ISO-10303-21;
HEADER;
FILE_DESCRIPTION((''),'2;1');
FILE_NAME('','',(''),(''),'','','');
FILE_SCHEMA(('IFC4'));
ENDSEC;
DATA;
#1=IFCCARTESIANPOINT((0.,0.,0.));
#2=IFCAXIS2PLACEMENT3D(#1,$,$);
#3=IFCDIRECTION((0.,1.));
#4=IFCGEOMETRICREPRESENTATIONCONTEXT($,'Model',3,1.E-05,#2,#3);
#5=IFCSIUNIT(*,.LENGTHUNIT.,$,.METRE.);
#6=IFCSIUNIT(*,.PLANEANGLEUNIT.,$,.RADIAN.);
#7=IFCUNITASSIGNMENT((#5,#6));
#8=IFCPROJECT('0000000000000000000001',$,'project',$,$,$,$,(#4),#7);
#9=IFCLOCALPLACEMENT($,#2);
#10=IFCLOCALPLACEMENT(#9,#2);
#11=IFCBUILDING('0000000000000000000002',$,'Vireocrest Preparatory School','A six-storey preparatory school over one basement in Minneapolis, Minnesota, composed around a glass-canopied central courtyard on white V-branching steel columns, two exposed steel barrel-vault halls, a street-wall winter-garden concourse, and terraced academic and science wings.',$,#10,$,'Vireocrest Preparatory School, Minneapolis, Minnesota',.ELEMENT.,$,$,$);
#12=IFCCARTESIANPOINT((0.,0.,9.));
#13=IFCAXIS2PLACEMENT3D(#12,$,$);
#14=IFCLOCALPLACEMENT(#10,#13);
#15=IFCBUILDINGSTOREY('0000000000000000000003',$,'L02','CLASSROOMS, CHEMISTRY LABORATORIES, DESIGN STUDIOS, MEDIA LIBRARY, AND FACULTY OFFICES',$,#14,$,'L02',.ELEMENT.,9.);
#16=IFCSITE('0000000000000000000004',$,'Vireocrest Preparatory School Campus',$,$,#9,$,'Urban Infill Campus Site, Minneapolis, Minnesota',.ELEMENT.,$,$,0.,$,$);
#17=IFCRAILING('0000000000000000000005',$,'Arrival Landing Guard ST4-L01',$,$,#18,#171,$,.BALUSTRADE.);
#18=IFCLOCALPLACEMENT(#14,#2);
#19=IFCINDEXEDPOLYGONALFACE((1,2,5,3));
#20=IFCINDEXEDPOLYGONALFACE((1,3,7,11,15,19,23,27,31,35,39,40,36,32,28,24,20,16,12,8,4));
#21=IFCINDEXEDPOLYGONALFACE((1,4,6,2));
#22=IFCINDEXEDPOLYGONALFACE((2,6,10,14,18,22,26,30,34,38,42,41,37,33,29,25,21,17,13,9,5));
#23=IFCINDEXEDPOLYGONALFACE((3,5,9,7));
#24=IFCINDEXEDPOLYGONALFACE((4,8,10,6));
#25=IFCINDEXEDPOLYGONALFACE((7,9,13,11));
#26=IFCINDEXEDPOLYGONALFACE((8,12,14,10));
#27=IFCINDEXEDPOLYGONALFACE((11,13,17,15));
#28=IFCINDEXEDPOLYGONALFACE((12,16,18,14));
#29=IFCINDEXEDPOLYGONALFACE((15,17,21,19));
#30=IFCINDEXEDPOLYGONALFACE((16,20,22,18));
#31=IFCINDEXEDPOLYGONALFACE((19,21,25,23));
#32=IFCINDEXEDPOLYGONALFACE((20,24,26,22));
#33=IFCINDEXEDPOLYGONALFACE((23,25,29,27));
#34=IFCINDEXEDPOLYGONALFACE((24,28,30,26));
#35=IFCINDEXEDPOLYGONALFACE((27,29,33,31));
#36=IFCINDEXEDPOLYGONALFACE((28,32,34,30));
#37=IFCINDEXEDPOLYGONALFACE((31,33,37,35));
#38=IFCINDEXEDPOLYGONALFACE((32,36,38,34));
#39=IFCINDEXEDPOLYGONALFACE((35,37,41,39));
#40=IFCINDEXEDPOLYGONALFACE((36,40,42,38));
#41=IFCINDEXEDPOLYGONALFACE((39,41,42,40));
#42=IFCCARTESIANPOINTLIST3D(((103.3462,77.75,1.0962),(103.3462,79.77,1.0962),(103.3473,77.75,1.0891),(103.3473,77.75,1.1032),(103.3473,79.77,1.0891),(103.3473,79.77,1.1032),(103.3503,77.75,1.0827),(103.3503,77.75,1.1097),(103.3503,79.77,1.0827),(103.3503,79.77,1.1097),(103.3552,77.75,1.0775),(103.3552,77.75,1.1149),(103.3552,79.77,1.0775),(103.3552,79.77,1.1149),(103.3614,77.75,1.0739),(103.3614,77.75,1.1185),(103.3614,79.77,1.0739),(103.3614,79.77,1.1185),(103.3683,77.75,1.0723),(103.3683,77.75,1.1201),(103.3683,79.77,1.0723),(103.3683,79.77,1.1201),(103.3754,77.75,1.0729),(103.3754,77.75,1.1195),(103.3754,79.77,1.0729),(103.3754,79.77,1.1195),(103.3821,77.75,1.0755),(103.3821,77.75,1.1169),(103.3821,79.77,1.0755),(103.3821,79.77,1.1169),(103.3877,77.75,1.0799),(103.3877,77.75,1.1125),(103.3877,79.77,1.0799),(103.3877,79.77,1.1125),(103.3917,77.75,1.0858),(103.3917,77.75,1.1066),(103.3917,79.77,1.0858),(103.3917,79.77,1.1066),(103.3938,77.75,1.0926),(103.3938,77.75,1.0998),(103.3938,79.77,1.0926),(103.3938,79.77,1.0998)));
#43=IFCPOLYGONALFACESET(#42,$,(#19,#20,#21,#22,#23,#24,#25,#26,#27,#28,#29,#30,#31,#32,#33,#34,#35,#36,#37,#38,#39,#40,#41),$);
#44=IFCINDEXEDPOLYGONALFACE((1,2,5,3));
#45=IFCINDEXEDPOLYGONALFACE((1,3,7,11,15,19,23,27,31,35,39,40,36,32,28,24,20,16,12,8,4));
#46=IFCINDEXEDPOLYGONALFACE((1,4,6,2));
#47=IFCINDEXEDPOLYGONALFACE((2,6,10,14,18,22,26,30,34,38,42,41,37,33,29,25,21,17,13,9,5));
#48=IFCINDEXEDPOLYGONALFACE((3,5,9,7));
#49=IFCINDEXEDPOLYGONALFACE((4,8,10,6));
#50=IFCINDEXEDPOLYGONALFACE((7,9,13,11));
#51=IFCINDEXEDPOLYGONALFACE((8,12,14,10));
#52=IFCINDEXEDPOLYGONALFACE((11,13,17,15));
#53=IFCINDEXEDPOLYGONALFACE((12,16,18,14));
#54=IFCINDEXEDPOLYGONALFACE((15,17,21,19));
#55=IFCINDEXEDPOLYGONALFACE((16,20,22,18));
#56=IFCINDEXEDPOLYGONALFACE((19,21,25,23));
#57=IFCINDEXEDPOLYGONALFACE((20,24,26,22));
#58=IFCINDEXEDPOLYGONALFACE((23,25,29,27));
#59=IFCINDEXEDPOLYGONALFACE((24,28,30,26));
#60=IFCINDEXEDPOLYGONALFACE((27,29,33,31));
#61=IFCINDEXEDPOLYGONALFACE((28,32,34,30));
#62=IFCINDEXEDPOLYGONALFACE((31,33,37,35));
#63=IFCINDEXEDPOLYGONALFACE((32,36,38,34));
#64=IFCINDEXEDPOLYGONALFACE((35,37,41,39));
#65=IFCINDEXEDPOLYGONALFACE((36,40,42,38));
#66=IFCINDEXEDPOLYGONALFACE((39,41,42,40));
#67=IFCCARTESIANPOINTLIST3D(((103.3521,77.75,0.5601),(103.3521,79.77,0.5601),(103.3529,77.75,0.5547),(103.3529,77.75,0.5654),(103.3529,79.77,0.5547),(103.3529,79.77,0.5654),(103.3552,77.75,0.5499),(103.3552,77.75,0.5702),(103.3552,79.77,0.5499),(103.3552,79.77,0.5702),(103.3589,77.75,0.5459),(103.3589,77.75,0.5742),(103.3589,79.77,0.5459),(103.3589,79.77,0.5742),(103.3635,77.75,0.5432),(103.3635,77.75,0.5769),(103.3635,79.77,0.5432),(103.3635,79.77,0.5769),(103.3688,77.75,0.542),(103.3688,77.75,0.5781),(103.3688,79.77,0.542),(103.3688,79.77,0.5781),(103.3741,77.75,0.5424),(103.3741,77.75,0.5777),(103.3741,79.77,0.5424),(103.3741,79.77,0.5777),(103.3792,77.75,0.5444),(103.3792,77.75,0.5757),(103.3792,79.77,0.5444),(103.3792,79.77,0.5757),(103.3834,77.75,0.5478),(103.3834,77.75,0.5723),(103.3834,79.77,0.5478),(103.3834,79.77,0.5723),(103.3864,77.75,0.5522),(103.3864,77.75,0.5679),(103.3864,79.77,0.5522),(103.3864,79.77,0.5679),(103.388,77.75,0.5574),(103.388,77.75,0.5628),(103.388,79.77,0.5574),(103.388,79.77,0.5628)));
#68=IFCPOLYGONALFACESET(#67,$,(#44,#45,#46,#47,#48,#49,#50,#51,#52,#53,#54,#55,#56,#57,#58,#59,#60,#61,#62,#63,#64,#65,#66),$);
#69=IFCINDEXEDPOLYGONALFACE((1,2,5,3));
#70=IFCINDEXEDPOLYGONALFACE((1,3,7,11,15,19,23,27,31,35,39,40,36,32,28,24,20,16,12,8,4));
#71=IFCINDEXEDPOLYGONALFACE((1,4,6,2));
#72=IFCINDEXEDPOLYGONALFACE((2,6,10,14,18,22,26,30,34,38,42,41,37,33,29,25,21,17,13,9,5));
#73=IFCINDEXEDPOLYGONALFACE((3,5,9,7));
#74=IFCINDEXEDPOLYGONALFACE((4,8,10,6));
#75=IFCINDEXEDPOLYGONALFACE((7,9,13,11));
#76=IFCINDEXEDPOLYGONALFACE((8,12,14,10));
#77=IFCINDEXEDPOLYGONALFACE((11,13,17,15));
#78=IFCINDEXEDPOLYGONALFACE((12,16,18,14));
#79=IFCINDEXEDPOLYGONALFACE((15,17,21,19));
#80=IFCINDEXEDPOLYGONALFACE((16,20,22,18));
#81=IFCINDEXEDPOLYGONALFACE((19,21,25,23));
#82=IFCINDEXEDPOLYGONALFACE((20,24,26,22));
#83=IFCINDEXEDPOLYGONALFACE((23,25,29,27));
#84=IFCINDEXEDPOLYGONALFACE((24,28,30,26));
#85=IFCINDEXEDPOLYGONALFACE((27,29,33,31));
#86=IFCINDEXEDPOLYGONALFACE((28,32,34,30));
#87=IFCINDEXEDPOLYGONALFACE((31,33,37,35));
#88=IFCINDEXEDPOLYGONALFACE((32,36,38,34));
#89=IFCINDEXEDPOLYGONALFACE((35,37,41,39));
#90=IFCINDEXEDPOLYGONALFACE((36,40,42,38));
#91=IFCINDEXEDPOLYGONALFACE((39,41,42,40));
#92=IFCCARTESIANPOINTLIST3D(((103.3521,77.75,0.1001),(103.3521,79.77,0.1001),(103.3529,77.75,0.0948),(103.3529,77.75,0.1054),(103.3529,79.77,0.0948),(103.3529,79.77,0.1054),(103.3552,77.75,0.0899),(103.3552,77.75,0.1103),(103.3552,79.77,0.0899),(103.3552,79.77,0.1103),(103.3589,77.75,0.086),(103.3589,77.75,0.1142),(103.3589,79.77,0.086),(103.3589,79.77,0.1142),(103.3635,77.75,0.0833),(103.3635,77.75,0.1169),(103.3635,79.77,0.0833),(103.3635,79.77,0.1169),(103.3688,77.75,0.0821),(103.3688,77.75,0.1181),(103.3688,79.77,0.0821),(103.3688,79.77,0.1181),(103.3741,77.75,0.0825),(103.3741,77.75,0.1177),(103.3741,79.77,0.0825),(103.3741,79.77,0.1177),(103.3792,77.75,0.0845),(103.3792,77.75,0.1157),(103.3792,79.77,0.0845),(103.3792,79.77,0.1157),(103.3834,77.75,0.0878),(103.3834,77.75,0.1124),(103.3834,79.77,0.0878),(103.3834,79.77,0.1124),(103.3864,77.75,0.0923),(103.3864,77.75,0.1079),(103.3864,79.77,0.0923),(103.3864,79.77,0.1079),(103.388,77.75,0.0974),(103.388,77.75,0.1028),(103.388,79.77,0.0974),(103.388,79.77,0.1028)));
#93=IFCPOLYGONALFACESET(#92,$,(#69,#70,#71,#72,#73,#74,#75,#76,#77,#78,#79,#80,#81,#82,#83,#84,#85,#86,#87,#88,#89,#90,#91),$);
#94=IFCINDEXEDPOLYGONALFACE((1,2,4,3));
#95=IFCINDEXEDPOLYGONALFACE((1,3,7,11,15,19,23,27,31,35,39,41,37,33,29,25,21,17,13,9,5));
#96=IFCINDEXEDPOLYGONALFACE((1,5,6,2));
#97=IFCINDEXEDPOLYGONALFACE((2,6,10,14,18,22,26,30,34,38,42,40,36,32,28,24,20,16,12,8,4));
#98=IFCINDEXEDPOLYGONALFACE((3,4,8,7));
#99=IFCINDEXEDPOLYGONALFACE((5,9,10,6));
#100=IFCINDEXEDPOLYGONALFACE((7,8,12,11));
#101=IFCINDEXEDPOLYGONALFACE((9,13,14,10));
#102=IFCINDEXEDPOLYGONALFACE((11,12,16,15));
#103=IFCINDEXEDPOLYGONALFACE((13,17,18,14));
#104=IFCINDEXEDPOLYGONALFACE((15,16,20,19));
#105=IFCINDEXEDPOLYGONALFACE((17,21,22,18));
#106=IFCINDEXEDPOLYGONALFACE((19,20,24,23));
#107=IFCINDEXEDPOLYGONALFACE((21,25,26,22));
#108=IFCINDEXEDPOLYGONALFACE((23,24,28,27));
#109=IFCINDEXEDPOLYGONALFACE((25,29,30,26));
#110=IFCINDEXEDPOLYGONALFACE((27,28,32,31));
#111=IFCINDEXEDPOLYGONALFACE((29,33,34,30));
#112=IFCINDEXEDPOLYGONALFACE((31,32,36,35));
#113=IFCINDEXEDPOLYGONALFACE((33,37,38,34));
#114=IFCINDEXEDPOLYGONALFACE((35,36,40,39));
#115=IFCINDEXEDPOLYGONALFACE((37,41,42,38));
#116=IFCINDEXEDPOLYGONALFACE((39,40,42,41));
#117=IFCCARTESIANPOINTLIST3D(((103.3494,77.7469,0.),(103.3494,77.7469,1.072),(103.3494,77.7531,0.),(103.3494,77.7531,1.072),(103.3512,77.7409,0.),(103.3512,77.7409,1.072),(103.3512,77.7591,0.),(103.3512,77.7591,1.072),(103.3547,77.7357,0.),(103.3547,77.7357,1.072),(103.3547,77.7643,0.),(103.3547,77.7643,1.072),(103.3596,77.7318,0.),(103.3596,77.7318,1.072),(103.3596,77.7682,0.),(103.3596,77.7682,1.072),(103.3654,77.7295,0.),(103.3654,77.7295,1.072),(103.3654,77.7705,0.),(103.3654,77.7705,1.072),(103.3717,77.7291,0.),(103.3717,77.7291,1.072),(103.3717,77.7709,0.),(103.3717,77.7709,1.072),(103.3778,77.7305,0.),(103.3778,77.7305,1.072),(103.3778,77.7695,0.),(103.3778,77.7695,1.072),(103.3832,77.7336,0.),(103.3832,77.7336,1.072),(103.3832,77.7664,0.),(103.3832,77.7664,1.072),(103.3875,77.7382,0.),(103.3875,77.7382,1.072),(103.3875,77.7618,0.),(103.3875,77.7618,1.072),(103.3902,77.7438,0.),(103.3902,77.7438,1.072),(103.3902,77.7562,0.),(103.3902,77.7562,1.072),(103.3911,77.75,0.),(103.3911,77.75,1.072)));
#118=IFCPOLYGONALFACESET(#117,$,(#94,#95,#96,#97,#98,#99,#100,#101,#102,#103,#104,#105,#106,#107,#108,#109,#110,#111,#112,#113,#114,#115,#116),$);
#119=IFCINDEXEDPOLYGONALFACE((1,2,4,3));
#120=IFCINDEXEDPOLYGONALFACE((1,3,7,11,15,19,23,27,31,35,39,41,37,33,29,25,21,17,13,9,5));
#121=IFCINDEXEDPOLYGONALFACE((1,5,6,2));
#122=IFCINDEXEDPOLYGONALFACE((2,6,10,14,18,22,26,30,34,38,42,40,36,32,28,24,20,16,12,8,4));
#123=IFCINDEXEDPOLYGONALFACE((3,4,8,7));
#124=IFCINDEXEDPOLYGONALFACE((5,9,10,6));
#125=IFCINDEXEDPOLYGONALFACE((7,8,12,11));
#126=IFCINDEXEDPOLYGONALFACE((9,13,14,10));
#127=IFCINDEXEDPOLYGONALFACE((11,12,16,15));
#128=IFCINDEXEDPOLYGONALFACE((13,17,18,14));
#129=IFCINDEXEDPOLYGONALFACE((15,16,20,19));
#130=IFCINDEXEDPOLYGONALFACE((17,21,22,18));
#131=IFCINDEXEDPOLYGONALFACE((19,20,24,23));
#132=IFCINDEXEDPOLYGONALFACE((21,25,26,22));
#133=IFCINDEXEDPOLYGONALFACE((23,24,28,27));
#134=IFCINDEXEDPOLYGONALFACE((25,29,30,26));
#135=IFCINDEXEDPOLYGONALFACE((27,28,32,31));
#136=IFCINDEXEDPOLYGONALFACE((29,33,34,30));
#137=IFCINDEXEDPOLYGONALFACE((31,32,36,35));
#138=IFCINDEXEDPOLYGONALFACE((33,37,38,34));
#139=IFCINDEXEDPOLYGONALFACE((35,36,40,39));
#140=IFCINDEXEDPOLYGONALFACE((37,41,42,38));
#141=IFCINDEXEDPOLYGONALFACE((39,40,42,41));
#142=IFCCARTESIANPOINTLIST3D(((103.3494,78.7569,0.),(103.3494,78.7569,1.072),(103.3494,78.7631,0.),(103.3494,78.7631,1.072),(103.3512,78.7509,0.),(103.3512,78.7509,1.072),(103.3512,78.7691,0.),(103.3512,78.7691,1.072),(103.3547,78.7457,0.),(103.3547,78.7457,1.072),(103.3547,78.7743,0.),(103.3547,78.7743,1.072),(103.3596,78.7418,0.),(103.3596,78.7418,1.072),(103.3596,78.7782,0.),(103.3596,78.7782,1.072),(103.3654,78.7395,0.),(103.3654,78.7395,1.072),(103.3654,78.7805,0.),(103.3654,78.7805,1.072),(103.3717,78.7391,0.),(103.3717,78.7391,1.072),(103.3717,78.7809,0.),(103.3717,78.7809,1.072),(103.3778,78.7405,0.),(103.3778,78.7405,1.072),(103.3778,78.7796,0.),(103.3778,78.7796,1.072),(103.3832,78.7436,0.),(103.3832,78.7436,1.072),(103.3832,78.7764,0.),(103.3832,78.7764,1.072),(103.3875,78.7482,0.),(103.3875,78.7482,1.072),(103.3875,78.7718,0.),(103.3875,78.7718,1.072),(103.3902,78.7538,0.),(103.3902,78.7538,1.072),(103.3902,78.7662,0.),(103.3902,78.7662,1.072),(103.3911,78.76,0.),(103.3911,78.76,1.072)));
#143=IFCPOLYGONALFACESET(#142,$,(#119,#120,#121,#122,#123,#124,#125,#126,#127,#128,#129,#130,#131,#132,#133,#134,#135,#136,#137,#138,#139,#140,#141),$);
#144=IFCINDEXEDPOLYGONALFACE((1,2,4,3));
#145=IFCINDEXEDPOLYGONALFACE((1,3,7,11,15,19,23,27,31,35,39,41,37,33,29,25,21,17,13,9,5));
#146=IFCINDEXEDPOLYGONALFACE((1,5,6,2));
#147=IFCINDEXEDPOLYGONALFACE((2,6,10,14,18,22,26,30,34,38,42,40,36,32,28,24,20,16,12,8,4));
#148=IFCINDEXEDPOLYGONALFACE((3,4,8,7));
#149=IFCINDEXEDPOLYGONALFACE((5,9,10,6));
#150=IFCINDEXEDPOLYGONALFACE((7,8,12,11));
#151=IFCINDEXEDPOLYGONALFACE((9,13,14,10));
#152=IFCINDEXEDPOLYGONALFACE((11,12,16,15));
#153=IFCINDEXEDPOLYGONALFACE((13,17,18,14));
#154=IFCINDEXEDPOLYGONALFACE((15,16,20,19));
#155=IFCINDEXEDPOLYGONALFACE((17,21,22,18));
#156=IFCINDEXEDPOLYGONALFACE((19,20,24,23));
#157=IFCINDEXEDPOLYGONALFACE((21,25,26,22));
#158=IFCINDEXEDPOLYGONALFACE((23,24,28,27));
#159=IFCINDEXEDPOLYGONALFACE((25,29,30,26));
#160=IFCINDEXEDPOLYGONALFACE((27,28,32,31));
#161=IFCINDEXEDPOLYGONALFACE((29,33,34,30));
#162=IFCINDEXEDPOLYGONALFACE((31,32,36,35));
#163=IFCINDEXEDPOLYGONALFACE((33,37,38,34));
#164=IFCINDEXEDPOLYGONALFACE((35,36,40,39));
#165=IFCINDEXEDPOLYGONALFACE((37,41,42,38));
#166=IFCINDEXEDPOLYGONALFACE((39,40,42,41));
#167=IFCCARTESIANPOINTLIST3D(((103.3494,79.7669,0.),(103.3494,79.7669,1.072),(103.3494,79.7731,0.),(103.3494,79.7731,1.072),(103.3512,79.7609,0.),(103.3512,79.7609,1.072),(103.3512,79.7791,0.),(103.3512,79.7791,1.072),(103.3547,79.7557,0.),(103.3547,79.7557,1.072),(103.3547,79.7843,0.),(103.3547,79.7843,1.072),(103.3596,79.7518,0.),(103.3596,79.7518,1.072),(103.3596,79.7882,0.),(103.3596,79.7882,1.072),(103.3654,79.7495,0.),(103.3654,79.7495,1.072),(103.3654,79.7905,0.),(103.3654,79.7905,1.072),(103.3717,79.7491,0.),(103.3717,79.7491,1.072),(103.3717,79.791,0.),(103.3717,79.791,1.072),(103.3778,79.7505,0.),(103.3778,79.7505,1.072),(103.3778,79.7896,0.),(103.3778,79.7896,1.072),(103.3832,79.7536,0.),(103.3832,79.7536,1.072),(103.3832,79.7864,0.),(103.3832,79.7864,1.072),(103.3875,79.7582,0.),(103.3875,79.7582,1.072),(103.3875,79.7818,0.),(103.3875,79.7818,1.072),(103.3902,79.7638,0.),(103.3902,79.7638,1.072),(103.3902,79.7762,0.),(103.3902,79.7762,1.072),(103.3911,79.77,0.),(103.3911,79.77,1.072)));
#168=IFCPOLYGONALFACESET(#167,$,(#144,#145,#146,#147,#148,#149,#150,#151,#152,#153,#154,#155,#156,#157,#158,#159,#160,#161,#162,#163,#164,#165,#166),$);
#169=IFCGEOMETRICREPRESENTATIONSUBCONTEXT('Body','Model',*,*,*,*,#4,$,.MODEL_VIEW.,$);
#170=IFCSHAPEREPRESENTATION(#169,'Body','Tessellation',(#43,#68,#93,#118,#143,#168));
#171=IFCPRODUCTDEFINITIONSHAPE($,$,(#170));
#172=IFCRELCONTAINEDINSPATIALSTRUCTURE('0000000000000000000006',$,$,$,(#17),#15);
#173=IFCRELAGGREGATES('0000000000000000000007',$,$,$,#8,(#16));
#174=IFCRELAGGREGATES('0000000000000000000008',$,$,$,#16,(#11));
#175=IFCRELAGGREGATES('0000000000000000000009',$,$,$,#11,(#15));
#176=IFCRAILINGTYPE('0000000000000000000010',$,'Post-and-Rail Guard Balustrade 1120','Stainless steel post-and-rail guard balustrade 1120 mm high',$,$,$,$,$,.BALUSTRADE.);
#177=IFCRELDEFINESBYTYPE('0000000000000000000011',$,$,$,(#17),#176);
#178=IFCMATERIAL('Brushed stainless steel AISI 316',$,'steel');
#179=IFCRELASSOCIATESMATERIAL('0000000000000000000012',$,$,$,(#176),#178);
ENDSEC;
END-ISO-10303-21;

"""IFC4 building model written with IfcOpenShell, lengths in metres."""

from ifc_helpers import new_model, si_unit, direction, frame, origin, origin_2d, place, context, subcontext, project, spatial, circle, extrude, material, type_object, element, save


model = new_model("IFC4")

# Units and contexts
model_context = context("Model", 3, precision=1e-05, world=origin(), true_north=direction((0.0, 1.0)))
body_context = subcontext(model_context, "Body", "Model", "MODEL_VIEW")
ifc_project = project(units=[si_unit("LENGTHUNIT", "METRE"), si_unit("PLANEANGLEUNIT", "RADIAN")], contexts=[model_context])

# Site, building, storey
site_placement = place(None, origin())
site = spatial("IfcSite", under=ifc_project, at=site_placement, Name="Vireocrest Preparatory School Campus", LongName="Urban Infill Campus Site, Minneapolis, Minnesota", CompositionType="ELEMENT", RefElevation=0.0)
building_placement = place(site_placement, origin())
building = spatial("IfcBuilding", under=site, at=building_placement, Name="Vireocrest Preparatory School", Description="A six-storey preparatory school over one basement in Minneapolis, Minnesota, composed around a glass-canopied central courtyard on white V-branching steel columns, two exposed steel barrel-vault halls, a street-wall winter-garden concourse, and terraced academic and science wings.", LongName="Vireocrest Preparatory School, Minneapolis, Minnesota", CompositionType="ELEMENT")
storey_placement = place(building_placement, frame((0.0, 0.0, 9.0)))
storey = spatial("IfcBuildingStorey", under=building, at=storey_placement, Name="L02", Description="CLASSROOMS, CHEMISTRY LABORATORIES, DESIGN STUDIOS, MEDIA LIBRARY, AND FACULTY OFFICES", LongName="L02", CompositionType="ELEMENT", Elevation=9.0)

# Railing
ifc_material_1 = material(Name="Brushed stainless steel AISI 316", Category="steel")
railing_type = type_object("IfcRailingType", Name="Post-and-Rail Guard Balustrade 1120", Description="Stainless steel post-and-rail guard balustrade 1120 mm high", PredefinedType="BALUSTRADE", material=ifc_material_1)
railing_1_placement = place(storey_placement, frame((103.3701, 77.75, 0.0)))
element("IfcRailing", 1, at=railing_1_placement, inside=storey, type_object=railing_type, Name="Arrival Landing Guard ST4-L01", PredefinedType="BALUSTRADE", context=body_context, shape_type="SweptSolid", body=[
    extrude(circle(Radius=0.0239, at=origin_2d()), frame((0.0, 0.0, 1.0962), z_axis=(0.0, 1.0, 0.0), x_axis=(-1.0, 0.0, 0.0)), (0.0, 0.0, 1.0), 2.02),
    extrude(circle(Radius=0.0181, at=origin_2d()), frame((0.0, 0.0, 0.5601), z_axis=(0.0, 1.0, 0.0), x_axis=(-1.0, 0.0, 0.0)), (0.0, 0.0, 1.0), 2.02),
    extrude(circle(Radius=0.0181, at=origin_2d()), frame((0.0, 0.0, 0.1001), z_axis=(0.0, 1.0, 0.0), x_axis=(-1.0, 0.0, 0.0)), (0.0, 0.0, 1.0), 2.02),
    extrude(circle(Radius=0.021, at=origin_2d()), origin(), (0.0, 0.0, 1.0), 1.072),
    extrude(circle(Radius=0.021, at=origin_2d()), frame((0.0, 1.01, 0.0)), (0.0, 0.0, 1.0), 1.072),
    extrude(circle(Radius=0.021, at=origin_2d()), frame((0.0, 2.02, 0.0)), (0.0, 0.0, 1.0), 1.072),
])

save(model, "model.ifc")
